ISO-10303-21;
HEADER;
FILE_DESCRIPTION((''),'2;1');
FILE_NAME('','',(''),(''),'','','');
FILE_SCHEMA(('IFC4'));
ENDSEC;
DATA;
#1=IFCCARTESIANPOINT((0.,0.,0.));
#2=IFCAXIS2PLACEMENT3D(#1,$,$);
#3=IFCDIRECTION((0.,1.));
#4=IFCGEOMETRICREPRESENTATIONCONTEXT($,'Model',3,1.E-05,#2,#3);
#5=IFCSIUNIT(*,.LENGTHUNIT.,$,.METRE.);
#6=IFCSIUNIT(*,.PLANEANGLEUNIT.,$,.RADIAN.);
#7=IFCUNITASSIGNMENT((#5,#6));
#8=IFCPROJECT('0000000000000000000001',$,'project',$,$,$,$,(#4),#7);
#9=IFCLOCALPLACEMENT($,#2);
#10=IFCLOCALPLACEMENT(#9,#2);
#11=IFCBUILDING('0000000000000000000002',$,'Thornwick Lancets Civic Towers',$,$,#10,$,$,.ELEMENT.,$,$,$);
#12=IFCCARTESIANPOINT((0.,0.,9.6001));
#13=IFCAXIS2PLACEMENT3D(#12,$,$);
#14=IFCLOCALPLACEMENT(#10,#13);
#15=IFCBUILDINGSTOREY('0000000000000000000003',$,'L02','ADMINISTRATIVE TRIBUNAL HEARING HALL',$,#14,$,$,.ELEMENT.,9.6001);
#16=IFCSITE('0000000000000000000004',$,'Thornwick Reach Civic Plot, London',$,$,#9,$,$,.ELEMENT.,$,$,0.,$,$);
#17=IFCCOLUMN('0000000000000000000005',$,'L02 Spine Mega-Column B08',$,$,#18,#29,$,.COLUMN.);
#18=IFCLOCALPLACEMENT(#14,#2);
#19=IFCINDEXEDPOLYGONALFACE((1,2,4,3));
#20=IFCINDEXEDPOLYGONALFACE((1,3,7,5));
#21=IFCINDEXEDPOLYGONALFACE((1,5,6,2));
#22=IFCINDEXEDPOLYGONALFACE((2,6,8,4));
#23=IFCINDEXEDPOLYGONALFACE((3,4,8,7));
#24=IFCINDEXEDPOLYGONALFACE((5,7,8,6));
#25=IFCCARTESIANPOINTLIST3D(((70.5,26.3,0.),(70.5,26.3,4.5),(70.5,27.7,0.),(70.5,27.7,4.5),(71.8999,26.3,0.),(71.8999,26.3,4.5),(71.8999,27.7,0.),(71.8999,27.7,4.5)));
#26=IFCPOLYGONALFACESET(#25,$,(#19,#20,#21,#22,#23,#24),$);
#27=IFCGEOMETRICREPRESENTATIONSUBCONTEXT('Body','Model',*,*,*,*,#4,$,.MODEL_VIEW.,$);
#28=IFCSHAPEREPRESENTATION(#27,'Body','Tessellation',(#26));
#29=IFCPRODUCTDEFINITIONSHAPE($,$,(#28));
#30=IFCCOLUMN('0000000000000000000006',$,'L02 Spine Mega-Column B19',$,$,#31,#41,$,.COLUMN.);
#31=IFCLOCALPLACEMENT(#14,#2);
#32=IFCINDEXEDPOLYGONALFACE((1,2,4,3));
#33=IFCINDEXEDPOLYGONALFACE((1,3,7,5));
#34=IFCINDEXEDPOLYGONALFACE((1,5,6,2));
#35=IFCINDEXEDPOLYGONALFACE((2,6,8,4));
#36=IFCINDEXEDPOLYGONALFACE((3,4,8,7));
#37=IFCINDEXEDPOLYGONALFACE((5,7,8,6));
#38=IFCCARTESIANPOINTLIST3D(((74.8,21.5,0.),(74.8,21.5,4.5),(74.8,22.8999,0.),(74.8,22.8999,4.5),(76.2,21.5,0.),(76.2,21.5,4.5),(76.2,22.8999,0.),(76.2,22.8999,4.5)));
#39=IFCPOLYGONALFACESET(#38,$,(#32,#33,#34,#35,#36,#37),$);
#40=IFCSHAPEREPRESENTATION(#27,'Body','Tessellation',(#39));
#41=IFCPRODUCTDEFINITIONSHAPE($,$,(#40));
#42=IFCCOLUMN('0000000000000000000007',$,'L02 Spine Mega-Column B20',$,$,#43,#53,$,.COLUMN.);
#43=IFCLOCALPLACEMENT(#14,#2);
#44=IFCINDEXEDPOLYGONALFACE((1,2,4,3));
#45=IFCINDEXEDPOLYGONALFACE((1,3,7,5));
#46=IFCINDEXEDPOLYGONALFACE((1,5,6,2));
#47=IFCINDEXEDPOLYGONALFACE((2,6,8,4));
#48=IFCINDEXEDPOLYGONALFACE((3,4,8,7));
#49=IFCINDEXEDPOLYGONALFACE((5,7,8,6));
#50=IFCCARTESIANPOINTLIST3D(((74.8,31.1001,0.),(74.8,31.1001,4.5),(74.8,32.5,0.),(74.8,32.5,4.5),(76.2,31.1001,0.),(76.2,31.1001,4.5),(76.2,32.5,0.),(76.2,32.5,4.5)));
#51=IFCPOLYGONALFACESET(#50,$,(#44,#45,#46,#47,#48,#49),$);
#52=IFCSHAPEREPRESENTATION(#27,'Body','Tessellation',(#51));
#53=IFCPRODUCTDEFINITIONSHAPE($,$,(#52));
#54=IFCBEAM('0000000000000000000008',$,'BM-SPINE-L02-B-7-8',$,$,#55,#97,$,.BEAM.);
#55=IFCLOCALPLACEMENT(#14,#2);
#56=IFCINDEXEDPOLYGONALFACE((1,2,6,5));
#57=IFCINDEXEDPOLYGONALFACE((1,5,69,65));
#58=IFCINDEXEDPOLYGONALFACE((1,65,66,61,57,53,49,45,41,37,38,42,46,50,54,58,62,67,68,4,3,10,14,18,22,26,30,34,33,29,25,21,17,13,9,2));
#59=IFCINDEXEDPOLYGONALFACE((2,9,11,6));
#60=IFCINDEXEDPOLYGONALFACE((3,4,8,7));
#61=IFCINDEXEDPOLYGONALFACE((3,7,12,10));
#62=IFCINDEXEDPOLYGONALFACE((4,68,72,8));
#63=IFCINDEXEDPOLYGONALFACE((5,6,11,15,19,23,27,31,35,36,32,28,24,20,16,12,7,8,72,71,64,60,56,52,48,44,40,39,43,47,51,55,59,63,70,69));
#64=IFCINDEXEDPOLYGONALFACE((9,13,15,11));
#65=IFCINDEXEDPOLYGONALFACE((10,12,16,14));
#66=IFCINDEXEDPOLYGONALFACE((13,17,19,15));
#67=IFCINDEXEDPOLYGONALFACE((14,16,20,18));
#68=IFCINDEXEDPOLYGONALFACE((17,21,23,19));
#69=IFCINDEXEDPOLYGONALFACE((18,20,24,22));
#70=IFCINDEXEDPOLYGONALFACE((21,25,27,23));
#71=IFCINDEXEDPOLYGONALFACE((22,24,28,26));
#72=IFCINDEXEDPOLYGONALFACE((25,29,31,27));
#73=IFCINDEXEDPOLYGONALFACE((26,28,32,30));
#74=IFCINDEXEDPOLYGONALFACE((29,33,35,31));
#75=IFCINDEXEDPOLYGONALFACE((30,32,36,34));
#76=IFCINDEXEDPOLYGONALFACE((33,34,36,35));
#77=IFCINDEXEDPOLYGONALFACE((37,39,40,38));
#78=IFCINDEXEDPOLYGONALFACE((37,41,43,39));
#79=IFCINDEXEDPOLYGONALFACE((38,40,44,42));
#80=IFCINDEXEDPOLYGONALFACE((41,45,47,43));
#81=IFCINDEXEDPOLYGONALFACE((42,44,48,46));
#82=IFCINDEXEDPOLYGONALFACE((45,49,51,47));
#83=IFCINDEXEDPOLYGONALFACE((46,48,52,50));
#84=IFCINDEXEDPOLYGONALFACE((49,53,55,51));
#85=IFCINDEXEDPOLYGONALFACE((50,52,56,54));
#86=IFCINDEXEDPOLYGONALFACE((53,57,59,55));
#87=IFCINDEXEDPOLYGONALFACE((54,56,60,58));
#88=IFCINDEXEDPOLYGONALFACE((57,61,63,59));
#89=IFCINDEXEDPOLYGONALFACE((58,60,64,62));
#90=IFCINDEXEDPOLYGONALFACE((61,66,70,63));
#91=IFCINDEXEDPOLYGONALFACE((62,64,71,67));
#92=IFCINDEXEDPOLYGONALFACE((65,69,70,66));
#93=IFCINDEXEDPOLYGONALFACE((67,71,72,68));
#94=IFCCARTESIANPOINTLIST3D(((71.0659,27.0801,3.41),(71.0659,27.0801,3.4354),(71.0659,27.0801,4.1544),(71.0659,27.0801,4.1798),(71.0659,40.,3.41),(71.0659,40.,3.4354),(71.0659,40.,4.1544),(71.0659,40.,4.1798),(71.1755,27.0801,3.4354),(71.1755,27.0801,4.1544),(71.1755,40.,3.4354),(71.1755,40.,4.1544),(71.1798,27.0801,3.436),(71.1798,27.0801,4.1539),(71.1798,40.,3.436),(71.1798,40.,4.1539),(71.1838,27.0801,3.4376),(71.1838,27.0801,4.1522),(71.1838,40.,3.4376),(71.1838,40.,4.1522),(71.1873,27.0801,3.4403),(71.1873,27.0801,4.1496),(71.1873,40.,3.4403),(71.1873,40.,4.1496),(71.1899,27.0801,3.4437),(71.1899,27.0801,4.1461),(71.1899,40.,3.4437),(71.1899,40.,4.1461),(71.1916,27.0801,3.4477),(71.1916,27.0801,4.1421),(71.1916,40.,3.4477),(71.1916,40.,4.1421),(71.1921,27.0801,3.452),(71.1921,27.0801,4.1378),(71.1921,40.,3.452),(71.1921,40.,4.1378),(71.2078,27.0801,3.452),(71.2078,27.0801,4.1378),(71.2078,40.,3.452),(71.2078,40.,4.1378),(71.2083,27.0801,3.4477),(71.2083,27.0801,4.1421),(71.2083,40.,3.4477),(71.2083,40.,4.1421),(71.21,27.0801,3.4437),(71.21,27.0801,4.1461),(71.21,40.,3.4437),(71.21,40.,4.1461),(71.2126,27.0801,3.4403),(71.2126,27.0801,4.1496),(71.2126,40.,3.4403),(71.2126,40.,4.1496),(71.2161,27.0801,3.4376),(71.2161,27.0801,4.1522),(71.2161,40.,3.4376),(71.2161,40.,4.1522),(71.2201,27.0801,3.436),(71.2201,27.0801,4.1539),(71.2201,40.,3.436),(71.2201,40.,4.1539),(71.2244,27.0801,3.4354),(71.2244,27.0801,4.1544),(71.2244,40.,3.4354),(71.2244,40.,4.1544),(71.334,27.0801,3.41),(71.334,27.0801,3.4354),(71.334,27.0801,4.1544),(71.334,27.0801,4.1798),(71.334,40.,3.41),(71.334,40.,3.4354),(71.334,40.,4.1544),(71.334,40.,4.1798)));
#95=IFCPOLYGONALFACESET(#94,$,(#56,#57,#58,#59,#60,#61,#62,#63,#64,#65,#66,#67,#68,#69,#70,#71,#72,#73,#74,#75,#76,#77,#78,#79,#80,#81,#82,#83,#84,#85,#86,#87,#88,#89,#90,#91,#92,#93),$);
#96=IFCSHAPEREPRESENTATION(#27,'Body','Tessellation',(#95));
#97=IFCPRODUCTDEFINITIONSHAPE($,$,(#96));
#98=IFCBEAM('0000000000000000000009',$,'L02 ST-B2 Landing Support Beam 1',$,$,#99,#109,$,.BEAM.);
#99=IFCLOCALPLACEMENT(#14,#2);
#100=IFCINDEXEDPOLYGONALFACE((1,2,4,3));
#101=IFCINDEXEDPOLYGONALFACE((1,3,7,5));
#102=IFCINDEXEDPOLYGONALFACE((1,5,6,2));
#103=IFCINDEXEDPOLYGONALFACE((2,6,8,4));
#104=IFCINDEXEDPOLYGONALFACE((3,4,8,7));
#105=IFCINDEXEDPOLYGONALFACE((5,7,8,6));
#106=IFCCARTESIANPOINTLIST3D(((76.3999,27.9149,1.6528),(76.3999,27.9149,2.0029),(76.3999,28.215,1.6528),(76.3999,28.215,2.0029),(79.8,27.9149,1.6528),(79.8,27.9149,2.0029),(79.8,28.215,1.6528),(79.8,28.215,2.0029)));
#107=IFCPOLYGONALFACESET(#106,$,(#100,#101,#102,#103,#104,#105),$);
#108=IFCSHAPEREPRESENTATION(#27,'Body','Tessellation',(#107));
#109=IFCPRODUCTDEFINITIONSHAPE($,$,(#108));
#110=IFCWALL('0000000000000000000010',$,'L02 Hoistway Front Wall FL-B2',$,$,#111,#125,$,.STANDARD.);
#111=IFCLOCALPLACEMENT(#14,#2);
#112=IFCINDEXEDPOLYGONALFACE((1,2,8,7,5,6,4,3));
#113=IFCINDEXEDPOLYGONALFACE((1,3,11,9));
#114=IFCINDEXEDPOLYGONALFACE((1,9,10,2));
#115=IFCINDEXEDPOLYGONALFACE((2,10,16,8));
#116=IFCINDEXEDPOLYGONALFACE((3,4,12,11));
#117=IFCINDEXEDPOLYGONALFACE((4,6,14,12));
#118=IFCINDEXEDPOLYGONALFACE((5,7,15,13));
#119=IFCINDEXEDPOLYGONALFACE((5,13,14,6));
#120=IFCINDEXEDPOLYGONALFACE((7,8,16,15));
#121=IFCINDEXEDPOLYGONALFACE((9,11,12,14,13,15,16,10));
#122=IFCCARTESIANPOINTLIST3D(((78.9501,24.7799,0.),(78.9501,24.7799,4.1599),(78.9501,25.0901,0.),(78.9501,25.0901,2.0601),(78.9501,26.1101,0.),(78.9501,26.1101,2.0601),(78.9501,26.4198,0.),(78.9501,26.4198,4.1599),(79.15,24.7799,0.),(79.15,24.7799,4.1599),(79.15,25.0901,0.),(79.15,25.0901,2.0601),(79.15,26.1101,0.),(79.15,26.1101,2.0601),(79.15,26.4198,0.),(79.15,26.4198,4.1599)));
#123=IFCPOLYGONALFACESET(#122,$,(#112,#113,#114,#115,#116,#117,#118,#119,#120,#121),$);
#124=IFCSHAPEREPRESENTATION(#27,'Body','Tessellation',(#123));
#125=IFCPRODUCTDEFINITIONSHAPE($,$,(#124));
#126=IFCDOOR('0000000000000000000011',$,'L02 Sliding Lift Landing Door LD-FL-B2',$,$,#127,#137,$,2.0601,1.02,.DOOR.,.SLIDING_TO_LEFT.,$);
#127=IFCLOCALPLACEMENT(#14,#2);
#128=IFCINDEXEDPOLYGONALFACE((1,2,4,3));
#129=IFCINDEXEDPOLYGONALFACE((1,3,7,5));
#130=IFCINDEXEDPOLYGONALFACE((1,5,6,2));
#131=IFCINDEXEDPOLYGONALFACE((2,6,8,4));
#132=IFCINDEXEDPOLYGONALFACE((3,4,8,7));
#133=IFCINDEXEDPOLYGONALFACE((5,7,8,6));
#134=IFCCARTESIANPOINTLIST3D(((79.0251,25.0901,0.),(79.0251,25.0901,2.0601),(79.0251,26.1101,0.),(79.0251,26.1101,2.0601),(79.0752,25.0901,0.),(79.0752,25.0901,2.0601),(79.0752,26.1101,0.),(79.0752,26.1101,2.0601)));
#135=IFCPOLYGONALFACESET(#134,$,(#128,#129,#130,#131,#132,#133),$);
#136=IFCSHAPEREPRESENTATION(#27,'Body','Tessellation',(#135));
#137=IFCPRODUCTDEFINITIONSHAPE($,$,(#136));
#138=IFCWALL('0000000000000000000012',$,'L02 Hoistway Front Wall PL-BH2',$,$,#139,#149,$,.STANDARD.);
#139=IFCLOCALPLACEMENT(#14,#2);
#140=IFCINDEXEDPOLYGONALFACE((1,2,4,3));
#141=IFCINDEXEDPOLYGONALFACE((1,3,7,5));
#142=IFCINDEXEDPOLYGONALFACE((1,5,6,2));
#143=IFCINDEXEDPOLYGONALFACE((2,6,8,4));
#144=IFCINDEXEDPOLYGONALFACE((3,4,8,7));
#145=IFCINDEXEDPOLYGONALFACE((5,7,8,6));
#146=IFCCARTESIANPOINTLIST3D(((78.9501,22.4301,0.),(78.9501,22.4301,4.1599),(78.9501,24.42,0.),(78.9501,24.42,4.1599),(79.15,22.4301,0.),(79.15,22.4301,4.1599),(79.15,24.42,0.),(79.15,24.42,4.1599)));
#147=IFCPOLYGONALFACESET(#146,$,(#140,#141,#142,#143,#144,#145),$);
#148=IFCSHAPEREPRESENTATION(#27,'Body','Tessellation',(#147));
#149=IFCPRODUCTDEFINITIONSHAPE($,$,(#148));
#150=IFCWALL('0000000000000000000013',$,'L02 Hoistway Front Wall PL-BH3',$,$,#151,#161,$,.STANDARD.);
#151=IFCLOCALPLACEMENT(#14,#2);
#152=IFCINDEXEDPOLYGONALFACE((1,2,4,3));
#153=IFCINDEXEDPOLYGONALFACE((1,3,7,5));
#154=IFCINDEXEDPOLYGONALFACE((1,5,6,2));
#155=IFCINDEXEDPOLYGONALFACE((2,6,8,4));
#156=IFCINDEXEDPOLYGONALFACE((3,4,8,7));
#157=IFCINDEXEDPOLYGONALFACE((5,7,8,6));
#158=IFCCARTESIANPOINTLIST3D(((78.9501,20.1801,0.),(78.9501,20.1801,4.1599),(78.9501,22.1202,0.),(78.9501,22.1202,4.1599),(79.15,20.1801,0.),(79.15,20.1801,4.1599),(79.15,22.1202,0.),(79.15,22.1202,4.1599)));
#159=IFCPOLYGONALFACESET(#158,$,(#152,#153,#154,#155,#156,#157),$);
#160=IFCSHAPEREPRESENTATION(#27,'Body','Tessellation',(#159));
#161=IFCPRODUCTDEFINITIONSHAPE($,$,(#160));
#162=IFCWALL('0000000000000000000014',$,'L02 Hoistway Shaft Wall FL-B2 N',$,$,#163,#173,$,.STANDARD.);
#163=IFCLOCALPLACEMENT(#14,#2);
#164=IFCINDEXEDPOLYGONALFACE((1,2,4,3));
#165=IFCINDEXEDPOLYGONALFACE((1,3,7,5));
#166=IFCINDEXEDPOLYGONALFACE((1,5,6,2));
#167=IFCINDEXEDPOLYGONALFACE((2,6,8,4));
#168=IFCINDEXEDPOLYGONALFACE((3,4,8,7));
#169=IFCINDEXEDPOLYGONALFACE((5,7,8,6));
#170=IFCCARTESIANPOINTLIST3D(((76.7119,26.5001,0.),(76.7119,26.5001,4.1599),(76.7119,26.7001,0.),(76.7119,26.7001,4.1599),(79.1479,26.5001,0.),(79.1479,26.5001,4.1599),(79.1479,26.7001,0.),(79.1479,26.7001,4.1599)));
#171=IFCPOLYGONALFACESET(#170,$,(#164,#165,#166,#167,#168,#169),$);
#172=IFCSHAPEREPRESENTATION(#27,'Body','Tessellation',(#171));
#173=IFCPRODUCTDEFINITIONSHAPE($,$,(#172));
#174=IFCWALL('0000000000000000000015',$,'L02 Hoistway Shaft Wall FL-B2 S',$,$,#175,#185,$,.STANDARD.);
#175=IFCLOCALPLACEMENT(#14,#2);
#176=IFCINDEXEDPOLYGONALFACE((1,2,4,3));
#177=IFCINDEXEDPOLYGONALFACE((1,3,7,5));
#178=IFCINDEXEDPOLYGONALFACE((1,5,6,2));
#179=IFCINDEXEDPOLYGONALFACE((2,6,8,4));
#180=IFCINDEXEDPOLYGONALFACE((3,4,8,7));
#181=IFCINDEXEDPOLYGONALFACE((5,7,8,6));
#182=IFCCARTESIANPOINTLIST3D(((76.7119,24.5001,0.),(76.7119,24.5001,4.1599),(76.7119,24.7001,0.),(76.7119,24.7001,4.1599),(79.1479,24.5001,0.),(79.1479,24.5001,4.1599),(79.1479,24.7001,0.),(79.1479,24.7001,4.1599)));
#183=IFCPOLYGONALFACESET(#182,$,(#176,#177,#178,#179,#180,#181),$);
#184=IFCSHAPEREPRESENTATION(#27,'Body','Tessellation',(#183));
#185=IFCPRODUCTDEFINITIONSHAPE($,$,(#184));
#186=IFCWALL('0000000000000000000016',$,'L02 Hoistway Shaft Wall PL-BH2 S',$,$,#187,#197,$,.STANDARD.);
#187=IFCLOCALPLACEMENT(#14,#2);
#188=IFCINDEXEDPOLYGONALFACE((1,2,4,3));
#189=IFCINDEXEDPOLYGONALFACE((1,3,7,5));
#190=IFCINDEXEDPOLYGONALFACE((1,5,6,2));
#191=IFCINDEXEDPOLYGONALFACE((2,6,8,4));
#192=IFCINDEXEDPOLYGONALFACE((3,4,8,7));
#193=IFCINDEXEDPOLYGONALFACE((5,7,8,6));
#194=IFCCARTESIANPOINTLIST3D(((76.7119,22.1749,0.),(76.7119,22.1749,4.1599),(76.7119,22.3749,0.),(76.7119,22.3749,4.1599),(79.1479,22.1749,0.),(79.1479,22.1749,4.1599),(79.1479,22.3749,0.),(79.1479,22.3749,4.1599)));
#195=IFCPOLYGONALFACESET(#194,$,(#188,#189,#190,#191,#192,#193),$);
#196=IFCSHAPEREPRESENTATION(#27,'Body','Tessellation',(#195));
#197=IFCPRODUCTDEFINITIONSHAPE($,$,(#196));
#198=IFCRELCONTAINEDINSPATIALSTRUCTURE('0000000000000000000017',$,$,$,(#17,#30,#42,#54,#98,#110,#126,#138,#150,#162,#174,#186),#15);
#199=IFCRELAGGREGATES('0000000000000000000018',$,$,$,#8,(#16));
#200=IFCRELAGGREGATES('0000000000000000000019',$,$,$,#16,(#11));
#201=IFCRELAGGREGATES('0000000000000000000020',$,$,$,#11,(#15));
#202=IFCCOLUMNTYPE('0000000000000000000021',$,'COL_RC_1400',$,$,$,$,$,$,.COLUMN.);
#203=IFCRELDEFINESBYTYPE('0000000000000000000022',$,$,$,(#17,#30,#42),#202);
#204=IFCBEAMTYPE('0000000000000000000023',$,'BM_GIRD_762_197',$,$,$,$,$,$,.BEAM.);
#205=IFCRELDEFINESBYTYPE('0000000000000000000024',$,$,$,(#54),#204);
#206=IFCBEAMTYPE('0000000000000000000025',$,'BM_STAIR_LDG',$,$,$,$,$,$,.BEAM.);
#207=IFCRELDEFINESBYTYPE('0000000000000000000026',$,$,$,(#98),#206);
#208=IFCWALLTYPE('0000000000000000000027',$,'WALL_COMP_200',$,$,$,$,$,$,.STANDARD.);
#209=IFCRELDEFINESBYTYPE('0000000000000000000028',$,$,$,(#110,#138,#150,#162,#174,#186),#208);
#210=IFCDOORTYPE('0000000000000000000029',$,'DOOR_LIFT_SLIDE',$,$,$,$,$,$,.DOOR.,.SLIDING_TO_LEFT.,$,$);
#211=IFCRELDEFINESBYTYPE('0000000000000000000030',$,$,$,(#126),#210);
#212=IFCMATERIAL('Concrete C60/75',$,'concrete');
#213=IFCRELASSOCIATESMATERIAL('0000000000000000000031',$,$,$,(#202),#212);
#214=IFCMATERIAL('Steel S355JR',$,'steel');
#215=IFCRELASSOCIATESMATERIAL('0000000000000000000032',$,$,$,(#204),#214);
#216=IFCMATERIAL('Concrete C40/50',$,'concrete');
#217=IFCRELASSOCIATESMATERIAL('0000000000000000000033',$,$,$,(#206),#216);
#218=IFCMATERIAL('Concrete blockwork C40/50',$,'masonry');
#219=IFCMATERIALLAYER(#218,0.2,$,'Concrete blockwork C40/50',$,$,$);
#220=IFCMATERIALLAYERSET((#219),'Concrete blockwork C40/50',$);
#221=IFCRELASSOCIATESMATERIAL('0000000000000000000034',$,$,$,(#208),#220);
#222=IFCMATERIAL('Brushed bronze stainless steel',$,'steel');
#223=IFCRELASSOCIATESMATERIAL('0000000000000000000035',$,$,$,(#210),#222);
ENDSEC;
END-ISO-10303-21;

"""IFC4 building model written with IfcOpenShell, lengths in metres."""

from ifc_helpers import new_model, si_unit, direction, frame, frame_2d, origin, origin_2d, place, context, subcontext, project, spatial, rectangle, i_section, extrude, material, layer, layer_set, material_profile, profile_set, type_object, element, fill, save


model = new_model("IFC4")

# Units and contexts
model_context = context("Model", 3, precision=1e-05, world=origin(), true_north=direction((0.0, 1.0)))
body_context = subcontext(model_context, "Body", "Model", "MODEL_VIEW")
ifc_project = project(units=[si_unit("LENGTHUNIT", "METRE"), si_unit("PLANEANGLEUNIT", "RADIAN")], contexts=[model_context])

# Site, building, storey
site_placement = place(None, origin())
site = spatial("IfcSite", under=ifc_project, at=site_placement, Name="Thornwick Reach Civic Plot, London", CompositionType="ELEMENT", RefElevation=0.0)
building_placement = place(site_placement, origin())
building = spatial("IfcBuilding", under=site, at=building_placement, Name="Thornwick Lancets Civic Towers", CompositionType="ELEMENT")
storey_placement = place(building_placement, frame((0.0, 0.0, 9.6001)))
storey = spatial("IfcBuildingStorey", under=building, at=storey_placement, Name="L02", Description="ADMINISTRATIVE TRIBUNAL HEARING HALL", CompositionType="ELEMENT", Elevation=9.6001)

# Columns
ifc_material_1 = material(Name="Concrete C60/75", Category="concrete")
ifc_material_profile_1 = material_profile(ifc_material_1, rectangle(XDim=1.3999, YDim=1.3999, at=origin_2d()), Name="RC 1400x1400")
ifc_profile_set_1 = profile_set([ifc_material_profile_1], Name="Concrete C60/75")
column_type = type_object("IfcColumnType", Name="COL_RC_1400", PredefinedType="COLUMN", material=ifc_profile_set_1)
for number, where, z_axis, x_axis, name in (
    (1, (71.2, 27.0, 0.0), (0.0, 0.0, 1.0), (1.0, 0.0, 0.0), "L02 Spine Mega-Column B08"),
    (2, (75.5, 22.2, 0.0), (0.0, 0.0, 1.0), (1.0, 0.0, 0.0), "L02 Spine Mega-Column B19"),
    (3, (75.5, 31.8, 0.0), (0.0, 0.0, 1.0), (1.0, 0.0, 0.0), "L02 Spine Mega-Column B20"),
):
    element("IfcColumn", number, at=place(storey_placement, frame(where, z_axis=z_axis, x_axis=x_axis)), inside=storey, type_object=column_type, Name=name, PredefinedType="COLUMN", context=body_context, shape_type="SweptSolid", body=[
        extrude(rectangle(XDim=1.3999, YDim=1.3999, at=origin_2d()), origin(), (0.0, 0.0, 1.0), 4.5),
    ])

# Beams
ifc_material_2 = material(Name="Steel S355JR", Category="steel")
ifc_material_profile_2 = material_profile(ifc_material_2, i_section(OverallWidth=0.2681, OverallDepth=0.7698, WebThickness=0.0156, FlangeThickness=0.0254, FilletRadius=0.0166, at=origin_2d()), Name="UKB 762x267x197")
ifc_profile_set_2 = profile_set([ifc_material_profile_2], Name="Steel S355JR")
beam_type_1 = type_object("IfcBeamType", Name="BM_GIRD_762_197", PredefinedType="BEAM", material=ifc_profile_set_2)
beam_1_placement = place(storey_placement, frame((71.2, 27.0801, 3.7949), z_axis=(0.0, 1.0, 0.0), x_axis=(-1.0, 0.0, 0.0)))
element("IfcBeam", 4, at=beam_1_placement, inside=storey, type_object=beam_type_1, Name="BM-SPINE-L02-B-7-8", PredefinedType="BEAM", context=body_context, shape_type="SweptSolid", body=[
    extrude(i_section(OverallWidth=0.2681, OverallDepth=0.7698, WebThickness=0.0156, FlangeThickness=0.0254, FilletRadius=0.0166, at=origin_2d()), origin(), (0.0, 0.0, 1.0), 12.9199),
])
ifc_material_3 = material(Name="Concrete C40/50", Category="concrete")
ifc_material_profile_3 = material_profile(ifc_material_3, rectangle(XDim=0.3, YDim=0.3501, at=origin_2d()), Name="RC 300x350")
ifc_profile_set_3 = profile_set([ifc_material_profile_3], Name="Concrete C40/50")
beam_type_2 = type_object("IfcBeamType", Name="BM_STAIR_LDG", PredefinedType="BEAM", material=ifc_profile_set_3)
beam_2_placement = place(storey_placement, frame((76.3999, 28.0649, 1.8279), z_axis=(1.0, 0.0, 0.0), x_axis=(0.0, 1.0, 0.0)))
element("IfcBeam", 5, at=beam_2_placement, inside=storey, type_object=beam_type_2, Name="L02 ST-B2 Landing Support Beam 1", PredefinedType="BEAM", context=body_context, shape_type="SweptSolid", body=[
    extrude(rectangle(XDim=0.3, YDim=0.3501, at=origin_2d()), origin(), (0.0, 0.0, 1.0), 3.4001),
])

# Wall, opening, door
ifc_material_4 = material(Name="Concrete blockwork C40/50", Category="masonry")
ifc_layer_1 = layer(ifc_material_4, 0.2, Name="Concrete blockwork C40/50")
ifc_layer_set_1 = layer_set([ifc_layer_1], Name="Concrete blockwork C40/50")
wall_type_1 = type_object("IfcWallType", Name="WALL_COMP_200", PredefinedType="STANDARD", material=ifc_layer_set_1)
wall_1_placement = place(storey_placement, frame((79.05, 24.78, 0.0), z_axis=(0.0, 0.0, 1.0), x_axis=(0.0, 1.0, 0.0)))
wall_1 = element("IfcWall", 6, at=wall_1_placement, inside=storey, type_object=wall_type_1, Name="L02 Hoistway Front Wall FL-B2", PredefinedType="STANDARD", context=body_context, shape_type="SweptSolid", body=[
    extrude(rectangle(XDim=1.6399, YDim=0.2, at=frame_2d((0.8198, 0.0))), origin(), (0.0, 0.0, 1.0), 4.1599),
])
opening_1_placement = place(wall_1_placement, frame((0.3101, 0.0, 0.0)))
opening_1 = element("IfcOpeningElement", 7, at=opening_1_placement, cuts=wall_1, PredefinedType="OPENING", context=body_context, shape_type="SweptSolid", body=[
    extrude(rectangle(XDim=1.02, YDim=2.0601, at=frame_2d((0.51, 1.03))), frame((0.0, 0.1099, 0.0), z_axis=(0.0, -1.0, 0.0), x_axis=(1.0, 0.0, 0.0)), (0.0, 0.0, 1.0), 0.22),
])
ifc_material_5 = material(Name="Brushed bronze stainless steel", Category="steel")
door_type_1 = type_object("IfcDoorType", Name="DOOR_LIFT_SLIDE", OperationType="SLIDING_TO_LEFT", PredefinedType="DOOR", material=ifc_material_5)
door_1_placement = place(opening_1_placement, origin())
door_1 = element("IfcDoor", 8, at=door_1_placement, inside=storey, type_object=door_type_1, Name="L02 Sliding Lift Landing Door LD-FL-B2", OperationType="SLIDING_TO_LEFT", OverallHeight=2.0601, OverallWidth=1.02, PredefinedType="DOOR", context=body_context, shape_type="SweptSolid", body=[
    extrude(rectangle(XDim=1.02, YDim=2.0601, at=frame_2d((0.51, 1.03))), frame((0.0, 0.0249, 0.0), z_axis=(0.0, -1.0, 0.0), x_axis=(1.0, 0.0, 0.0)), (0.0, 0.0, 1.0), 0.05),
])
fill(opening_1, door_1)

# Walls
wall_2_placement = place(storey_placement, frame((79.05, 22.4299, 0.0), z_axis=(0.0, 0.0, 1.0), x_axis=(0.0, 1.0, 0.0)))
element("IfcWall", 9, at=wall_2_placement, inside=storey, type_object=wall_type_1, Name="L02 Hoistway Front Wall PL-BH2", PredefinedType="STANDARD", context=body_context, shape_type="SweptSolid", body=[
    extrude(rectangle(XDim=1.99, YDim=0.2, at=frame_2d((0.9951, 0.0))), origin(), (0.0, 0.0, 1.0), 4.1599),
])
wall_3_placement = place(storey_placement, frame((79.05, 20.1799, 0.0), z_axis=(0.0, 0.0, 1.0), x_axis=(0.0, 1.0, 0.0)))
element("IfcWall", 10, at=wall_3_placement, inside=storey, type_object=wall_type_1, Name="L02 Hoistway Front Wall PL-BH3", PredefinedType="STANDARD", context=body_context, shape_type="SweptSolid", body=[
    extrude(rectangle(XDim=1.9402, YDim=0.2, at=frame_2d((0.9702, 0.0))), origin(), (0.0, 0.0, 1.0), 4.1599),
])
for number, where, z_axis, x_axis, name in (
    (11, (76.7119, 26.6001, 0.0), (0.0, 0.0, 1.0), (1.0, 0.0, 0.0), "L02 Hoistway Shaft Wall FL-B2 N"),
    (12, (76.7119, 24.6001, 0.0), (0.0, 0.0, 1.0), (1.0, 0.0, 0.0), "L02 Hoistway Shaft Wall FL-B2 S"),
    (13, (76.7119, 22.2749, 0.0), (0.0, 0.0, 1.0), (1.0, 0.0, 0.0), "L02 Hoistway Shaft Wall PL-BH2 S"),
):
    element("IfcWall", number, at=place(storey_placement, frame(where, z_axis=z_axis, x_axis=x_axis)), inside=storey, type_object=wall_type_1, Name=name, PredefinedType="STANDARD", context=body_context, shape_type="SweptSolid", body=[
        extrude(rectangle(XDim=2.436, YDim=0.2, at=frame_2d((1.218, 0.0))), origin(), (0.0, 0.0, 1.0), 4.1599),
    ])

save(model, "model.ifc")
